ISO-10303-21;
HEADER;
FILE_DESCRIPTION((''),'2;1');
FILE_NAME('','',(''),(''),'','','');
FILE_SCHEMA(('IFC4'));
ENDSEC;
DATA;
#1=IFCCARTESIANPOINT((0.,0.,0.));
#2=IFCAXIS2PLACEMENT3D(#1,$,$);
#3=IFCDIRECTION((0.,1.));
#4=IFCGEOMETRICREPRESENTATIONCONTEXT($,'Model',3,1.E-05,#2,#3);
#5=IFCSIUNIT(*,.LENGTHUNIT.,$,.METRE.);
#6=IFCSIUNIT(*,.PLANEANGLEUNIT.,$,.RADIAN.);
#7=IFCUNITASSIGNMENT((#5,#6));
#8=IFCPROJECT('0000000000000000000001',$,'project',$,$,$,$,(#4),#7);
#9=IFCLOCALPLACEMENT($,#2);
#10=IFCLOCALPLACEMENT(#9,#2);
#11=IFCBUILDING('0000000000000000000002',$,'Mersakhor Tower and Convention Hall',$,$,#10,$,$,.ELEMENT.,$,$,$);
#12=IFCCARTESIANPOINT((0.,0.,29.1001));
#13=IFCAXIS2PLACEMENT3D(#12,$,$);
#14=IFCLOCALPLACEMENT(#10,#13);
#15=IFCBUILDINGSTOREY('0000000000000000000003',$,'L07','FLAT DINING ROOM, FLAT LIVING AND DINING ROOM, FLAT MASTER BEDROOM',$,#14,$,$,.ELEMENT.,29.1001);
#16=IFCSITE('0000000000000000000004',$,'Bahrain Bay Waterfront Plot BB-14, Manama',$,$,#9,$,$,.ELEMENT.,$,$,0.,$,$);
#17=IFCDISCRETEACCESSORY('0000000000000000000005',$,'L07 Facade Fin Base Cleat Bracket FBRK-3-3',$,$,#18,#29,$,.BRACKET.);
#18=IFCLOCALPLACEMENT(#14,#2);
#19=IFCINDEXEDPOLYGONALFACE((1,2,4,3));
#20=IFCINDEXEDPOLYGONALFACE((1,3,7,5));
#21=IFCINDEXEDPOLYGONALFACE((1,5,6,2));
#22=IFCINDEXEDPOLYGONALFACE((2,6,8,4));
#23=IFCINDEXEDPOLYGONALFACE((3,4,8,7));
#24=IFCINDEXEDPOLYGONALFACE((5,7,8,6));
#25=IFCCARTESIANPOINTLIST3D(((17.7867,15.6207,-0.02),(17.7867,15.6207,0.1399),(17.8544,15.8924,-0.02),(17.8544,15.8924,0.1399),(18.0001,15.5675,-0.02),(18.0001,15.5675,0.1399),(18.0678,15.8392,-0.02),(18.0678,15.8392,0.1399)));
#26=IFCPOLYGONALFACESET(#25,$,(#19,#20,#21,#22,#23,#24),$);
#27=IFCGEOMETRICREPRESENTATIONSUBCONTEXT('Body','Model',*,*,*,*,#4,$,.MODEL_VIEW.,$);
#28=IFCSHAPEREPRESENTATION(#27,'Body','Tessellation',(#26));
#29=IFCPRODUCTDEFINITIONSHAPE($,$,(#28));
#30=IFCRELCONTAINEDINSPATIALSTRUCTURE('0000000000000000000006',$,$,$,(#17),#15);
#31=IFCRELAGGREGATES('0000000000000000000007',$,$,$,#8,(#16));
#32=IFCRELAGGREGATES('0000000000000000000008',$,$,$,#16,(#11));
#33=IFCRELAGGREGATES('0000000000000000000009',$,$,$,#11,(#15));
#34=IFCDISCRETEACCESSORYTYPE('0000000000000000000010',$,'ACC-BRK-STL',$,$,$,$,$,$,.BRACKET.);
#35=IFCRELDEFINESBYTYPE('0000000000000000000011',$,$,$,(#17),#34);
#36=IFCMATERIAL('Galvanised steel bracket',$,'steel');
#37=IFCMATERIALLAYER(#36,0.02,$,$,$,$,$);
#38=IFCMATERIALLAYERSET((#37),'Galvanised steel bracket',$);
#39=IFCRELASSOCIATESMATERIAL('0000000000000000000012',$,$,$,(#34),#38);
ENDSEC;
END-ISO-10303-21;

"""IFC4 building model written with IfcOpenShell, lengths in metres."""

from ifc_helpers import new_model, si_unit, direction, frame, origin, origin_2d, place, context, subcontext, project, spatial, rectangle, extrude, material, layer, layer_set, type_object, element, save


model = new_model("IFC4")

# Units and contexts
model_context = context("Model", 3, precision=1e-05, world=origin(), true_north=direction((0.0, 1.0)))
body_context = subcontext(model_context, "Body", "Model", "MODEL_VIEW")
ifc_project = project(units=[si_unit("LENGTHUNIT", "METRE"), si_unit("PLANEANGLEUNIT", "RADIAN")], contexts=[model_context])

# Site, building, storey
site_placement = place(None, origin())
site = spatial("IfcSite", under=ifc_project, at=site_placement, Name="Bahrain Bay Waterfront Plot BB-14, Manama", CompositionType="ELEMENT", RefElevation=0.0)
building_placement = place(site_placement, origin())
building = spatial("IfcBuilding", under=site, at=building_placement, Name="Mersakhor Tower and Convention Hall", CompositionType="ELEMENT")
storey_placement = place(building_placement, frame((0.0, 0.0, 29.1001)))
storey = spatial("IfcBuildingStorey", under=building, at=storey_placement, Name="L07", Description="FLAT DINING ROOM, FLAT LIVING AND DINING ROOM, FLAT MASTER BEDROOM", CompositionType="ELEMENT", Elevation=29.1001)

# Discrete accessory
ifc_material_1 = material(Name="Galvanised steel bracket", Category="steel")
ifc_layer_1 = layer(ifc_material_1, 0.02)
ifc_layer_set_1 = layer_set([ifc_layer_1], Name="Galvanised steel bracket")
discrete_accessory_type = type_object("IfcDiscreteAccessoryType", Name="ACC-BRK-STL", PredefinedType="BRACKET", material=ifc_layer_set_1)
discrete_accessory_1_placement = place(storey_placement, frame((17.9272, 15.73, -0.02), z_axis=(0.0, 0.0, 1.0), x_axis=(-0.241922, -0.970296, 0.0)))
element("IfcDiscreteAccessory", 1, at=discrete_accessory_1_placement, inside=storey, type_object=discrete_accessory_type, Name="L07 Facade Fin Base Cleat Bracket FBRK-3-3", PredefinedType="BRACKET", context=body_context, shape_type="SweptSolid", body=[
    extrude(rectangle(XDim=0.28, YDim=0.22, at=origin_2d()), origin(), (0.0, 0.0, 1.0), 0.1599),
])

save(model, "model.ifc")
